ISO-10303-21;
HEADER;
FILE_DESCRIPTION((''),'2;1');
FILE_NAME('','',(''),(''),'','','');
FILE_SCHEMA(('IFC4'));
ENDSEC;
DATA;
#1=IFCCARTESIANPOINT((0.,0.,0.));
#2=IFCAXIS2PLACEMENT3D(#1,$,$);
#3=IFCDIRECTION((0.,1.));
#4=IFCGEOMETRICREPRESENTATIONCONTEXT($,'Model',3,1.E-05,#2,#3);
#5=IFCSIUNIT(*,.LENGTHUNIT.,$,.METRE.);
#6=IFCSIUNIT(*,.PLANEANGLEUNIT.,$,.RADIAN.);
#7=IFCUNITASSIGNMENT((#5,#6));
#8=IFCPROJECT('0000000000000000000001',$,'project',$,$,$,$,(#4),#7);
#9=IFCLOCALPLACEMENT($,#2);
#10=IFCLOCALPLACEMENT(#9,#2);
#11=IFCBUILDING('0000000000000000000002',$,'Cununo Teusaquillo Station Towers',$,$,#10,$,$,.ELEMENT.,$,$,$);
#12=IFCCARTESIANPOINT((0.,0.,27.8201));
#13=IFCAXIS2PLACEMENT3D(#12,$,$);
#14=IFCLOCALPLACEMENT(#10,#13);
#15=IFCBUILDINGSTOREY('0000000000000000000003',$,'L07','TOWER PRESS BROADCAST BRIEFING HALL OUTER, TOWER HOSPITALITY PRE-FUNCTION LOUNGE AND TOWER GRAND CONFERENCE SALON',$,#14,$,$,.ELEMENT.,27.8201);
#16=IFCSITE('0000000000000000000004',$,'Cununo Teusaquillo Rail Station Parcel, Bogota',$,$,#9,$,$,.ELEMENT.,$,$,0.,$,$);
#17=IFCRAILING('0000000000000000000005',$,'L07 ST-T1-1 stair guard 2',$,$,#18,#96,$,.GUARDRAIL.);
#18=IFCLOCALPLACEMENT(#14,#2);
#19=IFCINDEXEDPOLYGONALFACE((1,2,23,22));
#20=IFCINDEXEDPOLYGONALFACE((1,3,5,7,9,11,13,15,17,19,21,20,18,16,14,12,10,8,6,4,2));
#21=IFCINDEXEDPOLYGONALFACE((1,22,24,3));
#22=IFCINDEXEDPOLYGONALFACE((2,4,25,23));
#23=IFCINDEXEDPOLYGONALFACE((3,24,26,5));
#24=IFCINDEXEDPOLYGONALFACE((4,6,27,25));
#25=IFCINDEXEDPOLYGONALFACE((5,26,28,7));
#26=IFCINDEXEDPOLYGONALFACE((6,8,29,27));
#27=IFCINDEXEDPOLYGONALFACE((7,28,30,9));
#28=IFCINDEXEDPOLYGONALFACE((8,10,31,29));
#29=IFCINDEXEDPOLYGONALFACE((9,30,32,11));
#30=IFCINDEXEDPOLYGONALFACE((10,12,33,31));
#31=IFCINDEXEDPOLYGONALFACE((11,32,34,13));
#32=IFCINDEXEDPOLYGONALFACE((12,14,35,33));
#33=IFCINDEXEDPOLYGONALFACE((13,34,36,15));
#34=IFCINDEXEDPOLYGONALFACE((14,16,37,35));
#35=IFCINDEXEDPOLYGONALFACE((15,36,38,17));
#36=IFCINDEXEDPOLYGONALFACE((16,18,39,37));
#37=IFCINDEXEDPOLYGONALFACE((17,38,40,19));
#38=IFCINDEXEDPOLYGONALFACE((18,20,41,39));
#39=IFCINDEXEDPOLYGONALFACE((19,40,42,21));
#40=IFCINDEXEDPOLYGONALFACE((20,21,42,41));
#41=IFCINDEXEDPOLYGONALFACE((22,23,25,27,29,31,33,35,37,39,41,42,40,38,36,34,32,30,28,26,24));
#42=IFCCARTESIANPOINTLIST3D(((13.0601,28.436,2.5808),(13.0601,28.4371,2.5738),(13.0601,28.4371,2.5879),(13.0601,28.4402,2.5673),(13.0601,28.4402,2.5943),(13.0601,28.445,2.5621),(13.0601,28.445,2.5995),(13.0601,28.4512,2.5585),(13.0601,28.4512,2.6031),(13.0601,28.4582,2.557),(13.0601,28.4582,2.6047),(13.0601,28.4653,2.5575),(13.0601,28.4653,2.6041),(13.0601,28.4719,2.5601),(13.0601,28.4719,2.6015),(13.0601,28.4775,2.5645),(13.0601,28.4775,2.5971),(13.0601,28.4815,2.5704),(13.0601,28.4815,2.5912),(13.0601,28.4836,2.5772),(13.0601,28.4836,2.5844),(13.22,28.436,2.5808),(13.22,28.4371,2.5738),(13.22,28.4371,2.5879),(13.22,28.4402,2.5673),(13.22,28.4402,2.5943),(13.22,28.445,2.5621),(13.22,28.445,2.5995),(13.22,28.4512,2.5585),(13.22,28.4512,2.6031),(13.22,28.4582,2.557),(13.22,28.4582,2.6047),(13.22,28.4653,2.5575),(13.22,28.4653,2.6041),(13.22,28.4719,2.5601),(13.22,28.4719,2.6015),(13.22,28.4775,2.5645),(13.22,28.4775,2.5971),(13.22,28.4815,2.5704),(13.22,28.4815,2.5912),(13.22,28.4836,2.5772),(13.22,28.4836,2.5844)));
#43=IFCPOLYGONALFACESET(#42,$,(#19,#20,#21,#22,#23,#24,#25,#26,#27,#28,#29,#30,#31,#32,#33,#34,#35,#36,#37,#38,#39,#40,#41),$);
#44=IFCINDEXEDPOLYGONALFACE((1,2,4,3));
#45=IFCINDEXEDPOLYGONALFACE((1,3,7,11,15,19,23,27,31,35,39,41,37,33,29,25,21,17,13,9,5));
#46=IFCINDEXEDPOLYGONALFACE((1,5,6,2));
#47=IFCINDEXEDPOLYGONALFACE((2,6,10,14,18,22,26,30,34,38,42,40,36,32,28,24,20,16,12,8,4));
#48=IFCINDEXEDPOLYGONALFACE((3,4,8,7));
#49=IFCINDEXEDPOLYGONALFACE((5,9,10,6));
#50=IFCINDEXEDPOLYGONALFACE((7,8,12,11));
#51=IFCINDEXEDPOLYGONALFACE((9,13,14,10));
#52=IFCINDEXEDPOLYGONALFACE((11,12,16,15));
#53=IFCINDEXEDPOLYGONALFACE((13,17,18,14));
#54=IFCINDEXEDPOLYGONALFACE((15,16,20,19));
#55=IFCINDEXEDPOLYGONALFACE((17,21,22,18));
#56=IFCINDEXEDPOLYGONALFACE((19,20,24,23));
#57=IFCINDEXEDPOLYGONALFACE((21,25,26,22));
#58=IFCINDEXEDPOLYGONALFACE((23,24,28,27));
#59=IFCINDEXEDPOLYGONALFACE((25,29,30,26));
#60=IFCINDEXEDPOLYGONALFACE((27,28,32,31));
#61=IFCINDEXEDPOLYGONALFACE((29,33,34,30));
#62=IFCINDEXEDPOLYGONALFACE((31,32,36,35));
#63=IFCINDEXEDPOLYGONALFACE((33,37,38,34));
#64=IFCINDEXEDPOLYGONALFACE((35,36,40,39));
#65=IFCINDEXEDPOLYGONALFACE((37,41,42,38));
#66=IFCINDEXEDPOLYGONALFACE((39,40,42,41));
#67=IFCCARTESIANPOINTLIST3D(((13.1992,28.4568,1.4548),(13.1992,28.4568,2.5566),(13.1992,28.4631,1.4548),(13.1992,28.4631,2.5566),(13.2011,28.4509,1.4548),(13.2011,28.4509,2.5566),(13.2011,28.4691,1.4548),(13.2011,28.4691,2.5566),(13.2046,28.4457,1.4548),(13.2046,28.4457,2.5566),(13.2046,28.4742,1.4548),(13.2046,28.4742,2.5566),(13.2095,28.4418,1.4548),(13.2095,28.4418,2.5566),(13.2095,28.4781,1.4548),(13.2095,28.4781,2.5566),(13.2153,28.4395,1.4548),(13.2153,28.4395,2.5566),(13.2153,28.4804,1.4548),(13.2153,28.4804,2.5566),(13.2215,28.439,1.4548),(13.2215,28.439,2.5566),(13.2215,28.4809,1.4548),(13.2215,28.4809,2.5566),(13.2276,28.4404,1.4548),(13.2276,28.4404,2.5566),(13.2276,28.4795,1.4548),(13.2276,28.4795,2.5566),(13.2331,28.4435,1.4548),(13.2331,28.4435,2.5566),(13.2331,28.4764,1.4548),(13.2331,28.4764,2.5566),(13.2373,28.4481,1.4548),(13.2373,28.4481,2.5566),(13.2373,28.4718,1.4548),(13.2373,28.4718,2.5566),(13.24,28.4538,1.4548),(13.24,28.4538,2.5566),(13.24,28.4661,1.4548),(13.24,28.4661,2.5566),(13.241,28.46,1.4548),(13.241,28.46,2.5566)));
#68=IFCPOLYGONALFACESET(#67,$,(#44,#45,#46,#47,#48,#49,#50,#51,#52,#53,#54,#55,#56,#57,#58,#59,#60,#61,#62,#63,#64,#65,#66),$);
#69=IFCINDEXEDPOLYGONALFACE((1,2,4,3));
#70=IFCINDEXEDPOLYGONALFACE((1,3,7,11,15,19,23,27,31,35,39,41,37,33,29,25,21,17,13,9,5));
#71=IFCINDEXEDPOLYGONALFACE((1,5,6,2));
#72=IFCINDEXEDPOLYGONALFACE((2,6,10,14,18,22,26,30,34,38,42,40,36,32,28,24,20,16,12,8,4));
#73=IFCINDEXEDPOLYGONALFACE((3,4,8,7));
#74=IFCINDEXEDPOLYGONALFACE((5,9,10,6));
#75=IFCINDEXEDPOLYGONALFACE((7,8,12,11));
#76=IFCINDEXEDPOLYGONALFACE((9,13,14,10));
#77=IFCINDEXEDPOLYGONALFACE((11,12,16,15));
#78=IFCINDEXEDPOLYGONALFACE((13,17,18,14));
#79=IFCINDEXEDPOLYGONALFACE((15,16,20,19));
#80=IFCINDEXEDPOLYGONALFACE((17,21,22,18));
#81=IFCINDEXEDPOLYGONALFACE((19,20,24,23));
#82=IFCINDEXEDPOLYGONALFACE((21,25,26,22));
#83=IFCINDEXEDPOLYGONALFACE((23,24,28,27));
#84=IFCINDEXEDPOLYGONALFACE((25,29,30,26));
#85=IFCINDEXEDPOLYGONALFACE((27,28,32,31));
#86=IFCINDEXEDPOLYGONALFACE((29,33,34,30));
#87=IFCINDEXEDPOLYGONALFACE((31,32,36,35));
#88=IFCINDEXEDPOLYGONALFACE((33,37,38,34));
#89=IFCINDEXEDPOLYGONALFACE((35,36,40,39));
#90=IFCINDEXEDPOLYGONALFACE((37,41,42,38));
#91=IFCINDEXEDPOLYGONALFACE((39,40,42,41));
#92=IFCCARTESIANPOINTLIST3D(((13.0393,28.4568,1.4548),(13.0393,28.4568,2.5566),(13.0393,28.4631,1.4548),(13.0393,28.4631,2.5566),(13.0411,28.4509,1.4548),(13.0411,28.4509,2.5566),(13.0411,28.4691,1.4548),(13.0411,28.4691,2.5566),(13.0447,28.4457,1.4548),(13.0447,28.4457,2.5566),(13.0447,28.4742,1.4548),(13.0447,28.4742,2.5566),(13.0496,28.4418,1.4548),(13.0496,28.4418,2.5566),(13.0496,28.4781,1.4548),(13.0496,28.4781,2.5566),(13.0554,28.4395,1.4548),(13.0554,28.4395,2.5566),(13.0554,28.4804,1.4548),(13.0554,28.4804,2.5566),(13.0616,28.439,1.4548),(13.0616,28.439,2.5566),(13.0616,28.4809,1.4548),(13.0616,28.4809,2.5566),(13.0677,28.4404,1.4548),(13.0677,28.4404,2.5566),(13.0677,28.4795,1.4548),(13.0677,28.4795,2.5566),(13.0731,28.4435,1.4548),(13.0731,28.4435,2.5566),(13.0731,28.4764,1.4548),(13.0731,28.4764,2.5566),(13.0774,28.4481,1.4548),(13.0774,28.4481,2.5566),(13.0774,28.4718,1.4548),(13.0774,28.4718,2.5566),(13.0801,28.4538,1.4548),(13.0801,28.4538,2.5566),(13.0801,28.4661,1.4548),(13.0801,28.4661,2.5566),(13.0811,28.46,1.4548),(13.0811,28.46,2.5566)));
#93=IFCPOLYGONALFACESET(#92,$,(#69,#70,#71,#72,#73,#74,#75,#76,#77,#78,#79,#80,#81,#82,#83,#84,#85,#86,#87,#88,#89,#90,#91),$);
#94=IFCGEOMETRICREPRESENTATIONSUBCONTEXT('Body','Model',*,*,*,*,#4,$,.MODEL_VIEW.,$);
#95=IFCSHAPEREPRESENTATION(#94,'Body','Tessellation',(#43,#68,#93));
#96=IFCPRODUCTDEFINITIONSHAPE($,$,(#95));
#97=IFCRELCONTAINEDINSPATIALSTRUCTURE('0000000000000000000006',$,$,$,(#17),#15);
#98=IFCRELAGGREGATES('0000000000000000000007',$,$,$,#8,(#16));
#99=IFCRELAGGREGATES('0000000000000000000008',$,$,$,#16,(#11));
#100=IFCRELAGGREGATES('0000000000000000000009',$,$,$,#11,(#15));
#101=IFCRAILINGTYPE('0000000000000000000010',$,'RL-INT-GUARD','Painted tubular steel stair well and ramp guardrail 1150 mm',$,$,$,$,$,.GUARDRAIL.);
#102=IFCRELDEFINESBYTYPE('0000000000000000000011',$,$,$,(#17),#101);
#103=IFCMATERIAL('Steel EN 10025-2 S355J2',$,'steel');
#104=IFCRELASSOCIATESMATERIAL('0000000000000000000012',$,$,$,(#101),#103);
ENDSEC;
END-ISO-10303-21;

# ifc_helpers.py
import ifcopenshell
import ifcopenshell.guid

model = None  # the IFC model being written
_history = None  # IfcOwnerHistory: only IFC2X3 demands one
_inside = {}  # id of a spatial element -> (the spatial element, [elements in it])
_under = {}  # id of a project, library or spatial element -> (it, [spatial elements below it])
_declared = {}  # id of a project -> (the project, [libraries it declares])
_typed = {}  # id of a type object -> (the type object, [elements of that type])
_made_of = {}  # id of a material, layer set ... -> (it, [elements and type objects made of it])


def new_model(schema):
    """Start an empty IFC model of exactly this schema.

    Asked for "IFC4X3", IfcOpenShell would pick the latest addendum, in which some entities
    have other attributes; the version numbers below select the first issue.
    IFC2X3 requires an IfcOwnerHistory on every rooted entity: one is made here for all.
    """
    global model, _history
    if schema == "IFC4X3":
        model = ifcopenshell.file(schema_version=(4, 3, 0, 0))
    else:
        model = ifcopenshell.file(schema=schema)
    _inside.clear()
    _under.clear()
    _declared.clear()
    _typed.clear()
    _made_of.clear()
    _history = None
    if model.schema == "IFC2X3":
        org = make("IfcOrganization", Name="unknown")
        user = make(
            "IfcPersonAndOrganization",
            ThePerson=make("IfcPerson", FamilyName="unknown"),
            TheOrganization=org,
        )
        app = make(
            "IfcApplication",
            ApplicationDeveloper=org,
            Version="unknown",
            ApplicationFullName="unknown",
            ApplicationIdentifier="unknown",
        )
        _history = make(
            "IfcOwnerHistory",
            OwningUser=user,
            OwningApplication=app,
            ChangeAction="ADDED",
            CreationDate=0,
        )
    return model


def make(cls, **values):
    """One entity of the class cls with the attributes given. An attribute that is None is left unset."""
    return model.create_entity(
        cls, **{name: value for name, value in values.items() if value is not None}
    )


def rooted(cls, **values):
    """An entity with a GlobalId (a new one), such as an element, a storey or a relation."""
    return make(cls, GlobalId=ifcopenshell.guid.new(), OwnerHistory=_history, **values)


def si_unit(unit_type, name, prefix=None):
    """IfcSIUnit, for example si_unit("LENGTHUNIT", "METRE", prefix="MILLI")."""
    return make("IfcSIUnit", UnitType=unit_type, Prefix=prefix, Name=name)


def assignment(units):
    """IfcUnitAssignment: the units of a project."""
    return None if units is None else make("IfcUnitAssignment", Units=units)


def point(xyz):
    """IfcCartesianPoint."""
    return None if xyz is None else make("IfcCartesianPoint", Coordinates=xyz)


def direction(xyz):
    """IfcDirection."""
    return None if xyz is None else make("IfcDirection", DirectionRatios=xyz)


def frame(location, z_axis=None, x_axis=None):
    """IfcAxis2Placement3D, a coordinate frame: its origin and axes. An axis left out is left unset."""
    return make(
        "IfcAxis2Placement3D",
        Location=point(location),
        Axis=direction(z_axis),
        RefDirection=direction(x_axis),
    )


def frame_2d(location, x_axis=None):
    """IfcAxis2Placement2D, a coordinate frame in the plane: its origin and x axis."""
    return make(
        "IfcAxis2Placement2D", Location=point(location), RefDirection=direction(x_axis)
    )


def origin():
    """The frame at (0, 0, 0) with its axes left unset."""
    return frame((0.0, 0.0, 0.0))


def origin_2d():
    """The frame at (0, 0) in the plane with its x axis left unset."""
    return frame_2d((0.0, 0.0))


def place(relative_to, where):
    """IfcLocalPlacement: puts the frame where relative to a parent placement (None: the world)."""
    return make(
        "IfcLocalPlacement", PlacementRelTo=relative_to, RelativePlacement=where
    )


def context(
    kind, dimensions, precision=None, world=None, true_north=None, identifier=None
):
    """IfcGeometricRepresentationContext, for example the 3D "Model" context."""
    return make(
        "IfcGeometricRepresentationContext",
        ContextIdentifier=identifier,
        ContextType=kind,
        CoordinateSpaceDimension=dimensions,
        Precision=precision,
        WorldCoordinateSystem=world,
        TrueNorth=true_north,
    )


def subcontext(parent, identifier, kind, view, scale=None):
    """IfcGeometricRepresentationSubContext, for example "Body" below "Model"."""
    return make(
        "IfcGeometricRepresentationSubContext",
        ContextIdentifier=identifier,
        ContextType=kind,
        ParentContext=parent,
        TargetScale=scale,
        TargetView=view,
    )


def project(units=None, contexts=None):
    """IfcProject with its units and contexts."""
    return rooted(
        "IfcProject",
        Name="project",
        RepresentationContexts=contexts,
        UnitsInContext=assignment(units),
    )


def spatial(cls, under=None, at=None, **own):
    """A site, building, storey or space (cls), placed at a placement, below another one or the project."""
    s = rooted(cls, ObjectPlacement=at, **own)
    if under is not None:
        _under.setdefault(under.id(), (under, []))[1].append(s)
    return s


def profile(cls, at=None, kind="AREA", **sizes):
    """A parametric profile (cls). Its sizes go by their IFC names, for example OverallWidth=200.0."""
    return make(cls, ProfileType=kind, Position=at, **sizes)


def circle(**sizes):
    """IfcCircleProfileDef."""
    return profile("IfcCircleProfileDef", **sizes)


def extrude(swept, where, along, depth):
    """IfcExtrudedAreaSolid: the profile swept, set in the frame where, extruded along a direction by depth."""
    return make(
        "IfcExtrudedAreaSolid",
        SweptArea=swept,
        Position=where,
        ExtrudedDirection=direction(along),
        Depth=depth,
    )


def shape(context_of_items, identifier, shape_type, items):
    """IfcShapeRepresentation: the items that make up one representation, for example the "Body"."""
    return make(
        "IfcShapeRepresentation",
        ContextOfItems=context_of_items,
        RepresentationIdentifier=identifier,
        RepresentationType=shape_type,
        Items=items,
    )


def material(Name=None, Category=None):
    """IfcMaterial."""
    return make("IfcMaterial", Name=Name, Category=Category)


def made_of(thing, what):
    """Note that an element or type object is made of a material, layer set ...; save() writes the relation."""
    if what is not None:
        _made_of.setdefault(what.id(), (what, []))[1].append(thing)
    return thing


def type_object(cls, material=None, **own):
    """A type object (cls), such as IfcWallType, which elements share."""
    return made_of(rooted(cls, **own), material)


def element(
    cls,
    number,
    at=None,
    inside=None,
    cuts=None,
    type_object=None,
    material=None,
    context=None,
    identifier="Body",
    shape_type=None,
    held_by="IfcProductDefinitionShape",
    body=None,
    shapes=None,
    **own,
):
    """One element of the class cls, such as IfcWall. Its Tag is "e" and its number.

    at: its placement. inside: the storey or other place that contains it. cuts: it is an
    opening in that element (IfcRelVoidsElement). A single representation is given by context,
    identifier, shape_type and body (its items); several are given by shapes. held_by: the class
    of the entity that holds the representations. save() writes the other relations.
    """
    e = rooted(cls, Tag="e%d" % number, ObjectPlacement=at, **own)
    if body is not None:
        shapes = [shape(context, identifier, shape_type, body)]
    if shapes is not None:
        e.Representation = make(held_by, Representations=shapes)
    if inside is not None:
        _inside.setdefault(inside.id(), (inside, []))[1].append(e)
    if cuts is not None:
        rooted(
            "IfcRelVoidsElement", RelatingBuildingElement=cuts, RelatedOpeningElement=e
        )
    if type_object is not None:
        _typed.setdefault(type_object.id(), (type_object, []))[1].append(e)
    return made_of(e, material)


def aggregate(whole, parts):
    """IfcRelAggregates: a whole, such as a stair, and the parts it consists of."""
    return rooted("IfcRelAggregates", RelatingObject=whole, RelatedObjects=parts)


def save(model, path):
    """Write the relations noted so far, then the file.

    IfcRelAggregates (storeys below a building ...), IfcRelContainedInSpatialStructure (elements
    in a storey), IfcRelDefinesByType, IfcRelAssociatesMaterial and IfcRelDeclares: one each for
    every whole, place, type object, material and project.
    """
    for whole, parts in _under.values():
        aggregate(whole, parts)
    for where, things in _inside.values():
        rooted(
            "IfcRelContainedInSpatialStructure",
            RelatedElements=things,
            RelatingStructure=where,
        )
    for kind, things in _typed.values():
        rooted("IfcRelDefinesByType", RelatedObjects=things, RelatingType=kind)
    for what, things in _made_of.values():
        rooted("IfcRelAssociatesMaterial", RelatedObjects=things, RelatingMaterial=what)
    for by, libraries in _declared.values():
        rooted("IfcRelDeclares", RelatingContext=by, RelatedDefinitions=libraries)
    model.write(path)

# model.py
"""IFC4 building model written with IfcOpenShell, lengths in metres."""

from ifc_helpers import new_model, si_unit, direction, frame, origin, origin_2d, place, context, subcontext, project, spatial, circle, extrude, material, type_object, element, save


model = new_model("IFC4")

# Units and contexts
model_context = context("Model", 3, precision=1e-05, world=origin(), true_north=direction((0.0, 1.0)))
body_context = subcontext(model_context, "Body", "Model", "MODEL_VIEW")
ifc_project = project(units=[si_unit("LENGTHUNIT", "METRE"), si_unit("PLANEANGLEUNIT", "RADIAN")], contexts=[model_context])

# Site, building, storey
site_placement = place(None, origin())
site = spatial("IfcSite", under=ifc_project, at=site_placement, Name="Cununo Teusaquillo Rail Station Parcel, Bogota", CompositionType="ELEMENT", RefElevation=0.0)
building_placement = place(site_placement, origin())
building = spatial("IfcBuilding", under=site, at=building_placement, Name="Cununo Teusaquillo Station Towers", CompositionType="ELEMENT")
storey_placement = place(building_placement, frame((0.0, 0.0, 27.8201)))
storey = spatial("IfcBuildingStorey", under=building, at=storey_placement, Name="L07", Description="TOWER PRESS BROADCAST BRIEFING HALL OUTER, TOWER HOSPITALITY PRE-FUNCTION LOUNGE AND TOWER GRAND CONFERENCE SALON", CompositionType="ELEMENT", Elevation=27.8201)

# Railing
ifc_material_1 = material(Name="Steel EN 10025-2 S355J2", Category="steel")
railing_type_1 = type_object("IfcRailingType", Name="RL-INT-GUARD", Description="Painted tubular steel stair well and ramp guardrail 1150 mm", PredefinedType="GUARDRAIL", material=ifc_material_1)
railing_1_placement = place(storey_placement, frame((13.22, 28.46, 1.4548)))
element("IfcRailing", 1, at=railing_1_placement, inside=storey, type_object=railing_type_1, Name="L07 ST-T1-1 stair guard 2", PredefinedType="GUARDRAIL", context=body_context, shape_type="SweptSolid", body=[
    extrude(circle(Radius=0.0239, at=origin_2d()), frame((0.0, 0.0, 1.126), z_axis=(-1.0, 0.0, 0.0), x_axis=(0.0, -1.0, 0.0)), (0.0, 0.0, 1.0), 0.1599),
    extrude(circle(Radius=0.021, at=origin_2d()), origin(), (0.0, 0.0, 1.0), 1.1018),
    extrude(circle(Radius=0.021, at=origin_2d()), frame((-0.1599, 0.0, 0.0)), (0.0, 0.0, 1.0), 1.1018),
])

save(model, "model.ifc")
